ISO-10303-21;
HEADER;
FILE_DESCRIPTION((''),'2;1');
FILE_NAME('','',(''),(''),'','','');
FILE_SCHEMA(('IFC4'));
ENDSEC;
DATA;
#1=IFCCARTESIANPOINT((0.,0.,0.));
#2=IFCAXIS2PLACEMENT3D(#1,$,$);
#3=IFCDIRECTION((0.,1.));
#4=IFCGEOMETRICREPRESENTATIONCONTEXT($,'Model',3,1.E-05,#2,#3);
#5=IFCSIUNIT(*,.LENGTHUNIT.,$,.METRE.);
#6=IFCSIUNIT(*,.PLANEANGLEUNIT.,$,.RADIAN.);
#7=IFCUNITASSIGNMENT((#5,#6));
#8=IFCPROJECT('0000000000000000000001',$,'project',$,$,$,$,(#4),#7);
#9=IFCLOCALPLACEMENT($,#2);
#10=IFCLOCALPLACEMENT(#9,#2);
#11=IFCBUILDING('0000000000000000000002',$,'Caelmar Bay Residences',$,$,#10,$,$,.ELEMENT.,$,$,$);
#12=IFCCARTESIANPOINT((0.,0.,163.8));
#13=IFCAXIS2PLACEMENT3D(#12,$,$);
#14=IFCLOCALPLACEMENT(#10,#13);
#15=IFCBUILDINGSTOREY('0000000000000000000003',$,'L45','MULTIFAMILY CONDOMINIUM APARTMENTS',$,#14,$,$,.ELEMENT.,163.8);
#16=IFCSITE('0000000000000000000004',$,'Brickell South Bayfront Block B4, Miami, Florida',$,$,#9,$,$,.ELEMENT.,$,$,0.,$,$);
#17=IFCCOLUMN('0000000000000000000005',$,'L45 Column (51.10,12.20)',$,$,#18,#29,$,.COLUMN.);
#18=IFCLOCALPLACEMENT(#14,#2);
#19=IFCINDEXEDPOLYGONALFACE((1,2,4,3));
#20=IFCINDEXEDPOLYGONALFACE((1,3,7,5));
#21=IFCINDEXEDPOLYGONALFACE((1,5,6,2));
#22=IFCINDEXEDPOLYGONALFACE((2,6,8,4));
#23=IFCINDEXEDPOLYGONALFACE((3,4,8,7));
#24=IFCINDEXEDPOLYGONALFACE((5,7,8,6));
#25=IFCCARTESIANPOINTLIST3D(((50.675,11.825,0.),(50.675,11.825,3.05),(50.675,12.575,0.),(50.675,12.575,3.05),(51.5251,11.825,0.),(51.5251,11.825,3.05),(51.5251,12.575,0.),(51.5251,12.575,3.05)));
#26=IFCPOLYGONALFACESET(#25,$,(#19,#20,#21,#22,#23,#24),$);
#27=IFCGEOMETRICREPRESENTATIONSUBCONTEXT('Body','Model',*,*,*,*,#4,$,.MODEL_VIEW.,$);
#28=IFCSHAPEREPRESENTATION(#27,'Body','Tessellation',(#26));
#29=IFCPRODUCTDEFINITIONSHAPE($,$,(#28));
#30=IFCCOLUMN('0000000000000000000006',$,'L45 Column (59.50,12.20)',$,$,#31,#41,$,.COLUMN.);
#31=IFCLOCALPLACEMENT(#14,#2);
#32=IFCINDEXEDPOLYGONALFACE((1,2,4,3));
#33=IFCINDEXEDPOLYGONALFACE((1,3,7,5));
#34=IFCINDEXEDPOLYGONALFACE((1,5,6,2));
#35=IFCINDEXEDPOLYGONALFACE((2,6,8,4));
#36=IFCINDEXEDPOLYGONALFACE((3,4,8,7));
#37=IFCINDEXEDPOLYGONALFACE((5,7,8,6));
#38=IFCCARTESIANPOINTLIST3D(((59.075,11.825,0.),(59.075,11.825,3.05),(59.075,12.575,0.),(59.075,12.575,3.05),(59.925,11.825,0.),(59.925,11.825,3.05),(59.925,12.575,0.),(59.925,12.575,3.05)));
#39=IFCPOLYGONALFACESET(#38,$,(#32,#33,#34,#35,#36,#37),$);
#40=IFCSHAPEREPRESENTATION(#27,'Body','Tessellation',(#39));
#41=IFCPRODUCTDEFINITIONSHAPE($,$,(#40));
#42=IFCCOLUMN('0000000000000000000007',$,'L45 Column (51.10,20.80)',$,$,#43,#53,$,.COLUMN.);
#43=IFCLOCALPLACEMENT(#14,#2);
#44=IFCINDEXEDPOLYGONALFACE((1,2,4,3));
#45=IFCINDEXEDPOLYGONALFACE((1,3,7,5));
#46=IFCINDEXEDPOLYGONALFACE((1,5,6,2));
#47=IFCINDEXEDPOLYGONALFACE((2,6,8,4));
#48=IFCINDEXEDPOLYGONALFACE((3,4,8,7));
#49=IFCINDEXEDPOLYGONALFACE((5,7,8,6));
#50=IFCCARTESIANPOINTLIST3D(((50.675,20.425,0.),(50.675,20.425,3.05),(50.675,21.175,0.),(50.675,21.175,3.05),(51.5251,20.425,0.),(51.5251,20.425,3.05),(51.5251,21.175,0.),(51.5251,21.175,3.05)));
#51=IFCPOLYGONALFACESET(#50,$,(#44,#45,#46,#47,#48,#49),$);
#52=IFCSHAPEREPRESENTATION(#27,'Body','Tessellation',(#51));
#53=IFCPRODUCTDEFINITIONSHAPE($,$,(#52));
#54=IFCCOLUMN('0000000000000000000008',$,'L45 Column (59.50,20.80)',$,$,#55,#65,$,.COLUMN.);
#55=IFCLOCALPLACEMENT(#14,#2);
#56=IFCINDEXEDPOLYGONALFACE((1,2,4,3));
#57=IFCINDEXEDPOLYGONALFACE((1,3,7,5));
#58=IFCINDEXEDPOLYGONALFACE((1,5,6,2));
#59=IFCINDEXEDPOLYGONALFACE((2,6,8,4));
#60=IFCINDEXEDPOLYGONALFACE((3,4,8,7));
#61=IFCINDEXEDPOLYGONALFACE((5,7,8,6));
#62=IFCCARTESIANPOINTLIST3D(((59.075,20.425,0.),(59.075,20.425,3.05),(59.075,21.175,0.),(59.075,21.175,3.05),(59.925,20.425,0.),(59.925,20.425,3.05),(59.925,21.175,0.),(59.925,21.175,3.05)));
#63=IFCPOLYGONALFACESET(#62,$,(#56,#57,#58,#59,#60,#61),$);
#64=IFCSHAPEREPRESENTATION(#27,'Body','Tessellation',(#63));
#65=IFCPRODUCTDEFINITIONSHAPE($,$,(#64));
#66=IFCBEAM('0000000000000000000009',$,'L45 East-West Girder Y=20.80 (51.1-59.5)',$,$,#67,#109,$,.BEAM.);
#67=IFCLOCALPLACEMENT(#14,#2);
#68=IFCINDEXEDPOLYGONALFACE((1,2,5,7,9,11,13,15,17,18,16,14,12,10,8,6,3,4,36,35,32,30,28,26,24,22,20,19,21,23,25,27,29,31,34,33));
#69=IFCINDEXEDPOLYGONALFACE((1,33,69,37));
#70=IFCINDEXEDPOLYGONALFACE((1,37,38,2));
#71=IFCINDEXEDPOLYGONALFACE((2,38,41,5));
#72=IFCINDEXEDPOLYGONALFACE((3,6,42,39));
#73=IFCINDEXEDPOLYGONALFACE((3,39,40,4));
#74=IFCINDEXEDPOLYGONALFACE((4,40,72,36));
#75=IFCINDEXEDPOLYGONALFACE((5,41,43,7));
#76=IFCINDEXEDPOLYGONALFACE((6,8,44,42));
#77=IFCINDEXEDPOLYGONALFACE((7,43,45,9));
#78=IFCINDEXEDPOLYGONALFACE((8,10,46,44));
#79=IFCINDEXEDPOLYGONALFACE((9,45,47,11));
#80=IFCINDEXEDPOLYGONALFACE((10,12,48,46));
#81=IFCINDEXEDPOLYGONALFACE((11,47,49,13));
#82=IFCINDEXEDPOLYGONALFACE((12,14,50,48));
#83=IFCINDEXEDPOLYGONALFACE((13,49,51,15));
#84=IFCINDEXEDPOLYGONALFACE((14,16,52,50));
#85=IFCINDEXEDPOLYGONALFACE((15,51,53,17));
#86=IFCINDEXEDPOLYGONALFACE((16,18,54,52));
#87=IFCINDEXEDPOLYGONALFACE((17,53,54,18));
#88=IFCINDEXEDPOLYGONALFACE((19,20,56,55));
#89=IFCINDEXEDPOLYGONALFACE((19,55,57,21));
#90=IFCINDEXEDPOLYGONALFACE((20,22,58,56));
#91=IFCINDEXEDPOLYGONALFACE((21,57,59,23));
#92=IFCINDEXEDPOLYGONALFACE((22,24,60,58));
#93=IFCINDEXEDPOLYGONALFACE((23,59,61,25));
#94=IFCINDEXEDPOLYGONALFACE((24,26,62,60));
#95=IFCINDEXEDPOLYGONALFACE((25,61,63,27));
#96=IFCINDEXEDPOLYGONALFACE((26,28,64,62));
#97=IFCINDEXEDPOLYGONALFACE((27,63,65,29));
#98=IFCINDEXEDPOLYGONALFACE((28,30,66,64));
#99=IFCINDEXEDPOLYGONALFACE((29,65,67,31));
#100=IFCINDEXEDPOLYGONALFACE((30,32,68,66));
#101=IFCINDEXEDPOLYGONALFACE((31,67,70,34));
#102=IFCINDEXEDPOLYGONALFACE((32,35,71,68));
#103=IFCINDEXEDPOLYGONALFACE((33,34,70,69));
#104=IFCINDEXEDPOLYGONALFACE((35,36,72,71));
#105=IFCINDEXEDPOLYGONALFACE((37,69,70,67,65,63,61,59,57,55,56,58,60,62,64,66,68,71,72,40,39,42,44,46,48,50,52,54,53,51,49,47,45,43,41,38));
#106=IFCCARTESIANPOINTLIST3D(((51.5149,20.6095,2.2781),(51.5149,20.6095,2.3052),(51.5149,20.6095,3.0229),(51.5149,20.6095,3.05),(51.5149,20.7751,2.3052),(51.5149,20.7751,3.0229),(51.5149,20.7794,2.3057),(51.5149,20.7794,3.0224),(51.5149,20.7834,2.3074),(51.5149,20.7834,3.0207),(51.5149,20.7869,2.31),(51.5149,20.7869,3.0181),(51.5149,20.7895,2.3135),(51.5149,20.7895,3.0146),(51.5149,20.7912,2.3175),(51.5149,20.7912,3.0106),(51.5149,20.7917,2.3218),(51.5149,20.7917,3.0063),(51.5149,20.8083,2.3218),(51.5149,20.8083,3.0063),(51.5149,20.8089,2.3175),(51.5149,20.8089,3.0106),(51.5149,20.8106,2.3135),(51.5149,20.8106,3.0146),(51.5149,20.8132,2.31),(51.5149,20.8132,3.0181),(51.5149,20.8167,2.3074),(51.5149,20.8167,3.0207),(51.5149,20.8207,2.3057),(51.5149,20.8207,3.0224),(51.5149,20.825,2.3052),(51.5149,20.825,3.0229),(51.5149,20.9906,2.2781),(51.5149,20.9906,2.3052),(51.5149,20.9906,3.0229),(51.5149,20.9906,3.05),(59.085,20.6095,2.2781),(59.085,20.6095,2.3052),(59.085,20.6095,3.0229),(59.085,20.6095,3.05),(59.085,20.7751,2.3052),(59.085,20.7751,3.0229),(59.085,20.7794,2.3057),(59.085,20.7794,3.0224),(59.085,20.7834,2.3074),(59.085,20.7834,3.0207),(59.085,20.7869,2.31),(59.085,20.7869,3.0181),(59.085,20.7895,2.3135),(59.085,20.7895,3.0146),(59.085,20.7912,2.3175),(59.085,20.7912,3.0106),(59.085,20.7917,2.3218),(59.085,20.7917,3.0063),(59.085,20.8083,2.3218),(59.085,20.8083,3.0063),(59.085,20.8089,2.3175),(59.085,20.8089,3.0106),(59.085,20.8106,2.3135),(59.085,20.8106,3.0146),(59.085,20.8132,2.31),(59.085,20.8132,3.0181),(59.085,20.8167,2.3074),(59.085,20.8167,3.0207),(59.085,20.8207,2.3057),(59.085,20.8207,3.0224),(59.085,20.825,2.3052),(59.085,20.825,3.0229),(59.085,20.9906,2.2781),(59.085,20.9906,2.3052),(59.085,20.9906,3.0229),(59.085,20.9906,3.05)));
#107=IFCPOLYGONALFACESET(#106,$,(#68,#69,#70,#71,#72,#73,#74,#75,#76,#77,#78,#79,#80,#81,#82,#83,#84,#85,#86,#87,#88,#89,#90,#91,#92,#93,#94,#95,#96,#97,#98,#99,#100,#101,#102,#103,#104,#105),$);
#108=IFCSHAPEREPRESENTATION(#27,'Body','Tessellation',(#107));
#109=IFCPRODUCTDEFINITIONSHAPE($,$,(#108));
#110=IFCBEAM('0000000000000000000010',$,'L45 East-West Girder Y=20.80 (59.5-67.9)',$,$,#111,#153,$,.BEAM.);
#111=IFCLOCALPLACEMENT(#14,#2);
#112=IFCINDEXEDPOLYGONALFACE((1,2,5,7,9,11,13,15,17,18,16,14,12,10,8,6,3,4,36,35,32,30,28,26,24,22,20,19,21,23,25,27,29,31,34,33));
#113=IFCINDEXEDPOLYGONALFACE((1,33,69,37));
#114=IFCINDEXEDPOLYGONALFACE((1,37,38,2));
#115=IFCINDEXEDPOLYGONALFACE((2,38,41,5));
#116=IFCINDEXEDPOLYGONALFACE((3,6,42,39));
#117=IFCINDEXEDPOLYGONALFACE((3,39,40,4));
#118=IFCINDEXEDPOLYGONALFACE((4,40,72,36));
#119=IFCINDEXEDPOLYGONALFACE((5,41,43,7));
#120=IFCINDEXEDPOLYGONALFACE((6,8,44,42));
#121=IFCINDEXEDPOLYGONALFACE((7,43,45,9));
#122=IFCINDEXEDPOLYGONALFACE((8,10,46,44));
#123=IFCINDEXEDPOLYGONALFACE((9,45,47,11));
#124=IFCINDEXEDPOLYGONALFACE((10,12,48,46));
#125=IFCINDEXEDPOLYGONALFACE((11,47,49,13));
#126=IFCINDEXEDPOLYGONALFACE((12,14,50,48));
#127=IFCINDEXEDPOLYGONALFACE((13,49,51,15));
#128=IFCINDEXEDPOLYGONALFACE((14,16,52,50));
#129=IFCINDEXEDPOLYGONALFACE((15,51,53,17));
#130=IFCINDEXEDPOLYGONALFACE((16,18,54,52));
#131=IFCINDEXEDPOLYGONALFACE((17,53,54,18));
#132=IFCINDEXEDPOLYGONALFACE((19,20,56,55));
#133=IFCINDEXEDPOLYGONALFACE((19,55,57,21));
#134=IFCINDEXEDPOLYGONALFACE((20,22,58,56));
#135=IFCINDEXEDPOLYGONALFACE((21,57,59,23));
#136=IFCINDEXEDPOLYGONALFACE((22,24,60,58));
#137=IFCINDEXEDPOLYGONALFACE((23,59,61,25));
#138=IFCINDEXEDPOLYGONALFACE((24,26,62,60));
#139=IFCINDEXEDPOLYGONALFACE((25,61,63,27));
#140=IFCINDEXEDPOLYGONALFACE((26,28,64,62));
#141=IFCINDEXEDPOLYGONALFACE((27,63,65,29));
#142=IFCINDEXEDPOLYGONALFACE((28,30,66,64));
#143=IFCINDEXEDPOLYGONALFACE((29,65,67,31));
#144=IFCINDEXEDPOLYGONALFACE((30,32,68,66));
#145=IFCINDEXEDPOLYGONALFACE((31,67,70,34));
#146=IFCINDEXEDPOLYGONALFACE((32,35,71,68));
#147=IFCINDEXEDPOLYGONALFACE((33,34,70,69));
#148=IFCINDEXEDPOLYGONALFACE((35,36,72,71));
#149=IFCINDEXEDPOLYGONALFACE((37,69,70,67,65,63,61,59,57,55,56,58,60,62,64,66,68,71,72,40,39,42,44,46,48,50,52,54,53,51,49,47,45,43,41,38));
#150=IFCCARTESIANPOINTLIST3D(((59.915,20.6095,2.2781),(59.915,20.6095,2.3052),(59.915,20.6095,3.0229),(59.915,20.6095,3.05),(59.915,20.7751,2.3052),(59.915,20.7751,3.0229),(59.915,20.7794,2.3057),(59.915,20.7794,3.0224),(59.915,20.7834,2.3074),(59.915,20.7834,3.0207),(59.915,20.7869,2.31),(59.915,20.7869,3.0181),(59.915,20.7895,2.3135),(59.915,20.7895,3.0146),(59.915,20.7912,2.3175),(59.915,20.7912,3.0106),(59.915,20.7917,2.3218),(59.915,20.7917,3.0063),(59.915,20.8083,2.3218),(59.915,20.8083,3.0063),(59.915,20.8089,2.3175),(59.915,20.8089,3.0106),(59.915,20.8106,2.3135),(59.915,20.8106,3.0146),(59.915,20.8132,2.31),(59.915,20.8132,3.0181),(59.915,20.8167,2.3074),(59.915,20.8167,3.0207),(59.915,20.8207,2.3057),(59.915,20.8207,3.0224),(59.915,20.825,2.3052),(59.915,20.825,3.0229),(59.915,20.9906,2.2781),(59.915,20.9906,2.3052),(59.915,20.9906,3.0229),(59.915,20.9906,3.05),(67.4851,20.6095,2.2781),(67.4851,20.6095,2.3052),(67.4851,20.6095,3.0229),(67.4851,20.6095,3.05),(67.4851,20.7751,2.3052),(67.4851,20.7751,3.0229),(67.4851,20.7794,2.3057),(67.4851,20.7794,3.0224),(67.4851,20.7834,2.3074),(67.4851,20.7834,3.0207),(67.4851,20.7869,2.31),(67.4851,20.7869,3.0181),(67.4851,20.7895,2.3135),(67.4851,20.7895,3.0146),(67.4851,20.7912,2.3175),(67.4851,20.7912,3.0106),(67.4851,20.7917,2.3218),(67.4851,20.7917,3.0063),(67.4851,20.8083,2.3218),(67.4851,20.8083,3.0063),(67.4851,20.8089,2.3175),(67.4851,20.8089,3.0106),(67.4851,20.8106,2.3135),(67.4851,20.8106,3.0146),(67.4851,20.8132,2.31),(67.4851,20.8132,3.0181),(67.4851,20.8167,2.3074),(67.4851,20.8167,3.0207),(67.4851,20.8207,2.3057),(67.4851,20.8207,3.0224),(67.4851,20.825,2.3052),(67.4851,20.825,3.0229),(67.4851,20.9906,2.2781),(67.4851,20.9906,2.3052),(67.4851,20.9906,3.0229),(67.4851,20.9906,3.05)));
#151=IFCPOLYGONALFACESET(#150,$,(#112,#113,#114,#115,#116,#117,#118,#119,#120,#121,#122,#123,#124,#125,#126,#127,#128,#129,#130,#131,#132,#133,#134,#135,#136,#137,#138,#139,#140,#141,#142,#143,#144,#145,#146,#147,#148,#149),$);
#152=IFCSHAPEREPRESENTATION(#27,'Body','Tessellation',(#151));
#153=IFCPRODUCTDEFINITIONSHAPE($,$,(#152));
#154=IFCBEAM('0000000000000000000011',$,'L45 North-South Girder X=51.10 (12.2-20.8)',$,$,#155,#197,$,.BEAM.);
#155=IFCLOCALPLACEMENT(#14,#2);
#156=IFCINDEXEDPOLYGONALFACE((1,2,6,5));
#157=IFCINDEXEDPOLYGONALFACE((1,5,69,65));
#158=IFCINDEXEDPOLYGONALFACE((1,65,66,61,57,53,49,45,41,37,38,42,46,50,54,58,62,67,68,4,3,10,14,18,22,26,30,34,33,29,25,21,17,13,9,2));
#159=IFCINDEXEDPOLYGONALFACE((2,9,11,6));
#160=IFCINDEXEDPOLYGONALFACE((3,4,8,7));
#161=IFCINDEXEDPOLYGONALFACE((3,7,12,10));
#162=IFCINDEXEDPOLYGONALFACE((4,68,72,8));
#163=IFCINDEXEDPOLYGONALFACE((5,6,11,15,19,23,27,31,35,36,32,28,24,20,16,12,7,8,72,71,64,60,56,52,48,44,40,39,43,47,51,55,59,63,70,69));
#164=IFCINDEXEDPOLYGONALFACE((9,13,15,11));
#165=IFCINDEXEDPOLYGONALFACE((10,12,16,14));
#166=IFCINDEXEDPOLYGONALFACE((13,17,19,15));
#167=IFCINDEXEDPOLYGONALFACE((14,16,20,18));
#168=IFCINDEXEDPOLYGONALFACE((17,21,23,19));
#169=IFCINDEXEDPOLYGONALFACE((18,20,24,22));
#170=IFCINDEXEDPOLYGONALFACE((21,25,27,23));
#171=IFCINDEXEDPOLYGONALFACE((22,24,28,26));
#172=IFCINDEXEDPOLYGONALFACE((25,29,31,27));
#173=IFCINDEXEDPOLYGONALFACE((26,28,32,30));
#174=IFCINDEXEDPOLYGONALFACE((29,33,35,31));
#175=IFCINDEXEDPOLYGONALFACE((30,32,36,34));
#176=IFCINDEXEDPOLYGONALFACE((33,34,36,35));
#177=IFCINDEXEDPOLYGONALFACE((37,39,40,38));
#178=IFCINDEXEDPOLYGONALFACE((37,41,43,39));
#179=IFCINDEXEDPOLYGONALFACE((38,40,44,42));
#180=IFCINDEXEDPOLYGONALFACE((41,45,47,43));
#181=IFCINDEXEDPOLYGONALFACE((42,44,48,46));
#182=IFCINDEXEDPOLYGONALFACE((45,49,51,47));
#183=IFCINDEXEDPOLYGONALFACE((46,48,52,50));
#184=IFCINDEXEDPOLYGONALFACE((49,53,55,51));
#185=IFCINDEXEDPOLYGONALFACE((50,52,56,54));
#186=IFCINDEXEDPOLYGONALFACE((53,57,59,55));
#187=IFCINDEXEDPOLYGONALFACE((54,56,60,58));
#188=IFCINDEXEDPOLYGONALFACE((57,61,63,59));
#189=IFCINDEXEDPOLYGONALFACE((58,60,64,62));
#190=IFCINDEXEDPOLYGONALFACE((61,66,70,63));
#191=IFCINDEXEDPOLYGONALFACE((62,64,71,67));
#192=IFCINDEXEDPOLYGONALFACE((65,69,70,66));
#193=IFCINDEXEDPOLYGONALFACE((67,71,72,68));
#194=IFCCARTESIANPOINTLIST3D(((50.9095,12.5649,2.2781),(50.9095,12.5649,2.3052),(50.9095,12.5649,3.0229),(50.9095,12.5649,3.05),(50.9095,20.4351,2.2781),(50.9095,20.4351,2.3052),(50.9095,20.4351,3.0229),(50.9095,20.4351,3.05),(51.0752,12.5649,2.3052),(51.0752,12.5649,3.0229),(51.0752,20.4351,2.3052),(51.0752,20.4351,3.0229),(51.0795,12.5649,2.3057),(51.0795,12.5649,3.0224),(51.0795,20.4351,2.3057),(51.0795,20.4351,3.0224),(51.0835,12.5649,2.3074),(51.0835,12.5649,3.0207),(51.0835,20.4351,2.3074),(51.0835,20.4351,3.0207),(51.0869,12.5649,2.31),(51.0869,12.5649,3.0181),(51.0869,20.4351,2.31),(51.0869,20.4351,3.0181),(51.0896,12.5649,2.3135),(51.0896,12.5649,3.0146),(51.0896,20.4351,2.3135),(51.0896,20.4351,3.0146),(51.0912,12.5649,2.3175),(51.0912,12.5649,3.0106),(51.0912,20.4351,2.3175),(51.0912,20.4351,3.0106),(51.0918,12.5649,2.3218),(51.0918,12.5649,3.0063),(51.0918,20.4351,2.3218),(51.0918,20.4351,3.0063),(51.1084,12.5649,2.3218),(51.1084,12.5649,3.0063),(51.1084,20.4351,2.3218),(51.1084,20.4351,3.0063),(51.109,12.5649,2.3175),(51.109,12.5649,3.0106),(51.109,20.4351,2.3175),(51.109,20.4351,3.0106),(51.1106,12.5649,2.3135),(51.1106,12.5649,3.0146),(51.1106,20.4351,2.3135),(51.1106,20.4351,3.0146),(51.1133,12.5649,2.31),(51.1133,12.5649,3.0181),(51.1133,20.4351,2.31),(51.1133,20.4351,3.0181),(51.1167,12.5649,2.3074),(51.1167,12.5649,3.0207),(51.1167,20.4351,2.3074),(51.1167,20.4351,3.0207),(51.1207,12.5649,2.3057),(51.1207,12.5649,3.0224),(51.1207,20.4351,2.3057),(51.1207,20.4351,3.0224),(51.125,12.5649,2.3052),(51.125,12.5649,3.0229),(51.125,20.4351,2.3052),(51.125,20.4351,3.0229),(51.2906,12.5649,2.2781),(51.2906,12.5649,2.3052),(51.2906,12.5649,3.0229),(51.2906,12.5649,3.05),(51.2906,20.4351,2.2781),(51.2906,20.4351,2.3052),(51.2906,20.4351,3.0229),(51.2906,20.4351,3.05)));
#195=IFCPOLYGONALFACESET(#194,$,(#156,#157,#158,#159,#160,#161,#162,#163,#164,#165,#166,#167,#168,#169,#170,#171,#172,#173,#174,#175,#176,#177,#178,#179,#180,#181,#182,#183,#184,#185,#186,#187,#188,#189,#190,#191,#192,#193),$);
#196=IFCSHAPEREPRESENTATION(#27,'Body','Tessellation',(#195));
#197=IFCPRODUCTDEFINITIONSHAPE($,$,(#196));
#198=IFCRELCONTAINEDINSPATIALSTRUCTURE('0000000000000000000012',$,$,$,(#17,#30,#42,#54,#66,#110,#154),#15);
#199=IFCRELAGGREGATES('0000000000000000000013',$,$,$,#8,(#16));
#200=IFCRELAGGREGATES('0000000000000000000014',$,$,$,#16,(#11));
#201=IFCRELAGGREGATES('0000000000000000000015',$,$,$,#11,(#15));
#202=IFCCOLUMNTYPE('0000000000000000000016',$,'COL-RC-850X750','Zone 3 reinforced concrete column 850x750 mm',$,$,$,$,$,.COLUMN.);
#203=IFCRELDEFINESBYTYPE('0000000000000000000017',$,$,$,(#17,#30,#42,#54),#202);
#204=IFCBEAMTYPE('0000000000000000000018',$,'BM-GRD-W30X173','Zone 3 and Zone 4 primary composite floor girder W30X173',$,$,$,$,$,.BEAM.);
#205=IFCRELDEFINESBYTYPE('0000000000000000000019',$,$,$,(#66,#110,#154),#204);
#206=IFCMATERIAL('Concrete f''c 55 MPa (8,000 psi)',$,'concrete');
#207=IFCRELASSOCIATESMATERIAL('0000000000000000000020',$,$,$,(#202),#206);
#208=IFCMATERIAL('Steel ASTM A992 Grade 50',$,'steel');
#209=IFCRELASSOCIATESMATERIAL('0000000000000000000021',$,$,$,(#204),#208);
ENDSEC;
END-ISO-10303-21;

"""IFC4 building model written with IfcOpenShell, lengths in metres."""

from ifc_helpers import new_model, si_unit, direction, frame, origin, origin_2d, place, context, subcontext, project, spatial, rectangle, i_section, extrude, material, material_profile, profile_set, type_object, element, save


model = new_model("IFC4")

# Units and contexts
model_context = context("Model", 3, precision=1e-05, world=origin(), true_north=direction((0.0, 1.0)))
body_context = subcontext(model_context, "Body", "Model", "MODEL_VIEW")
ifc_project = project(units=[si_unit("LENGTHUNIT", "METRE"), si_unit("PLANEANGLEUNIT", "RADIAN")], contexts=[model_context])

# Site, building, storey
site_placement = place(None, origin())
site = spatial("IfcSite", under=ifc_project, at=site_placement, Name="Brickell South Bayfront Block B4, Miami, Florida", CompositionType="ELEMENT", RefElevation=0.0)
building_placement = place(site_placement, origin())
building = spatial("IfcBuilding", under=site, at=building_placement, Name="Caelmar Bay Residences", CompositionType="ELEMENT")
storey_placement = place(building_placement, frame((0.0, 0.0, 163.8)))
storey = spatial("IfcBuildingStorey", under=building, at=storey_placement, Name="L45", Description="MULTIFAMILY CONDOMINIUM APARTMENTS", CompositionType="ELEMENT", Elevation=163.8)

# Columns
ifc_material_1 = material(Name="Concrete f'c 55 MPa (8,000 psi)", Category="concrete")
ifc_material_profile_1 = material_profile(ifc_material_1, rectangle(XDim=0.8501, YDim=0.75, at=origin_2d()), Name="RC-COL-850X750")
ifc_profile_set_1 = profile_set([ifc_material_profile_1], Name="Concrete f'c 55 MPa (8,000 psi)")
column_type = type_object("IfcColumnType", Name="COL-RC-850X750", Description="Zone 3 reinforced concrete column 850x750 mm", PredefinedType="COLUMN", material=ifc_profile_set_1)
for number, where, z_axis, x_axis, name in (
    (1, (51.1001, 12.2, 0.0), (0.0, 0.0, 1.0), (1.0, 0.0, 0.0), "L45 Column (51.10,12.20)"),
    (2, (59.5, 12.2, 0.0), (0.0, 0.0, 1.0), (1.0, 0.0, 0.0), "L45 Column (59.50,12.20)"),
    (3, (51.1001, 20.8, 0.0), (0.0, 0.0, 1.0), (1.0, 0.0, 0.0), "L45 Column (51.10,20.80)"),
    (4, (59.5, 20.8, 0.0), (0.0, 0.0, 1.0), (1.0, 0.0, 0.0), "L45 Column (59.50,20.80)"),
):
    element("IfcColumn", number, at=place(storey_placement, frame(where, z_axis=z_axis, x_axis=x_axis)), inside=storey, type_object=column_type, Name=name, PredefinedType="COLUMN", context=body_context, shape_type="SweptSolid", body=[
        extrude(rectangle(XDim=0.8501, YDim=0.75, at=origin_2d()), origin(), (0.0, 0.0, 1.0), 3.05),
    ])

# Beams
ifc_material_2 = material(Name="Steel ASTM A992 Grade 50", Category="steel")
ifc_material_profile_2 = material_profile(ifc_material_2, i_section(OverallWidth=0.3811, OverallDepth=0.772, WebThickness=0.0166, FlangeThickness=0.0271, FilletRadius=0.0166, at=origin_2d()), Name="W30X173")
ifc_profile_set_2 = profile_set([ifc_material_profile_2], Name="Steel ASTM A992 Grade 50")
beam_type_1 = type_object("IfcBeamType", Name="BM-GRD-W30X173", Description="Zone 3 and Zone 4 primary composite floor girder W30X173", PredefinedType="BEAM", material=ifc_profile_set_2)
for number, where, z_axis, x_axis, name in (
    (5, (51.5149, 20.8, 2.6641), (1.0, 0.0, 0.0), (0.0, 1.0, 0.0), "L45 East-West Girder Y=20.80 (51.1-59.5)"),
    (6, (59.915, 20.8, 2.6641), (1.0, 0.0, 0.0), (0.0, 1.0, 0.0), "L45 East-West Girder Y=20.80 (59.5-67.9)"),
):
    element("IfcBeam", number, at=place(storey_placement, frame(where, z_axis=z_axis, x_axis=x_axis)), inside=storey, type_object=beam_type_1, Name=name, PredefinedType="BEAM", context=body_context, shape_type="SweptSolid", body=[
        extrude(i_section(OverallWidth=0.3811, OverallDepth=0.772, WebThickness=0.0166, FlangeThickness=0.0271, FilletRadius=0.0166, at=origin_2d()), origin(), (0.0, 0.0, 1.0), 7.5701),
    ])
for number, where, z_axis, x_axis, name in (
    (7, (51.1001, 12.5649, 2.6641), (0.0, 1.0, 0.0), (-1.0, 0.0, 0.0), "L45 North-South Girder X=51.10 (12.2-20.8)"),
):
    element("IfcBeam", number, at=place(storey_placement, frame(where, z_axis=z_axis, x_axis=x_axis)), inside=storey, type_object=beam_type_1, Name=name, PredefinedType="BEAM", context=body_context, shape_type="SweptSolid", body=[
        extrude(i_section(OverallWidth=0.3811, OverallDepth=0.772, WebThickness=0.0166, FlangeThickness=0.0271, FilletRadius=0.0166, at=origin_2d()), origin(), (0.0, 0.0, 1.0), 7.8701),
    ])

save(model, "model.ifc")
